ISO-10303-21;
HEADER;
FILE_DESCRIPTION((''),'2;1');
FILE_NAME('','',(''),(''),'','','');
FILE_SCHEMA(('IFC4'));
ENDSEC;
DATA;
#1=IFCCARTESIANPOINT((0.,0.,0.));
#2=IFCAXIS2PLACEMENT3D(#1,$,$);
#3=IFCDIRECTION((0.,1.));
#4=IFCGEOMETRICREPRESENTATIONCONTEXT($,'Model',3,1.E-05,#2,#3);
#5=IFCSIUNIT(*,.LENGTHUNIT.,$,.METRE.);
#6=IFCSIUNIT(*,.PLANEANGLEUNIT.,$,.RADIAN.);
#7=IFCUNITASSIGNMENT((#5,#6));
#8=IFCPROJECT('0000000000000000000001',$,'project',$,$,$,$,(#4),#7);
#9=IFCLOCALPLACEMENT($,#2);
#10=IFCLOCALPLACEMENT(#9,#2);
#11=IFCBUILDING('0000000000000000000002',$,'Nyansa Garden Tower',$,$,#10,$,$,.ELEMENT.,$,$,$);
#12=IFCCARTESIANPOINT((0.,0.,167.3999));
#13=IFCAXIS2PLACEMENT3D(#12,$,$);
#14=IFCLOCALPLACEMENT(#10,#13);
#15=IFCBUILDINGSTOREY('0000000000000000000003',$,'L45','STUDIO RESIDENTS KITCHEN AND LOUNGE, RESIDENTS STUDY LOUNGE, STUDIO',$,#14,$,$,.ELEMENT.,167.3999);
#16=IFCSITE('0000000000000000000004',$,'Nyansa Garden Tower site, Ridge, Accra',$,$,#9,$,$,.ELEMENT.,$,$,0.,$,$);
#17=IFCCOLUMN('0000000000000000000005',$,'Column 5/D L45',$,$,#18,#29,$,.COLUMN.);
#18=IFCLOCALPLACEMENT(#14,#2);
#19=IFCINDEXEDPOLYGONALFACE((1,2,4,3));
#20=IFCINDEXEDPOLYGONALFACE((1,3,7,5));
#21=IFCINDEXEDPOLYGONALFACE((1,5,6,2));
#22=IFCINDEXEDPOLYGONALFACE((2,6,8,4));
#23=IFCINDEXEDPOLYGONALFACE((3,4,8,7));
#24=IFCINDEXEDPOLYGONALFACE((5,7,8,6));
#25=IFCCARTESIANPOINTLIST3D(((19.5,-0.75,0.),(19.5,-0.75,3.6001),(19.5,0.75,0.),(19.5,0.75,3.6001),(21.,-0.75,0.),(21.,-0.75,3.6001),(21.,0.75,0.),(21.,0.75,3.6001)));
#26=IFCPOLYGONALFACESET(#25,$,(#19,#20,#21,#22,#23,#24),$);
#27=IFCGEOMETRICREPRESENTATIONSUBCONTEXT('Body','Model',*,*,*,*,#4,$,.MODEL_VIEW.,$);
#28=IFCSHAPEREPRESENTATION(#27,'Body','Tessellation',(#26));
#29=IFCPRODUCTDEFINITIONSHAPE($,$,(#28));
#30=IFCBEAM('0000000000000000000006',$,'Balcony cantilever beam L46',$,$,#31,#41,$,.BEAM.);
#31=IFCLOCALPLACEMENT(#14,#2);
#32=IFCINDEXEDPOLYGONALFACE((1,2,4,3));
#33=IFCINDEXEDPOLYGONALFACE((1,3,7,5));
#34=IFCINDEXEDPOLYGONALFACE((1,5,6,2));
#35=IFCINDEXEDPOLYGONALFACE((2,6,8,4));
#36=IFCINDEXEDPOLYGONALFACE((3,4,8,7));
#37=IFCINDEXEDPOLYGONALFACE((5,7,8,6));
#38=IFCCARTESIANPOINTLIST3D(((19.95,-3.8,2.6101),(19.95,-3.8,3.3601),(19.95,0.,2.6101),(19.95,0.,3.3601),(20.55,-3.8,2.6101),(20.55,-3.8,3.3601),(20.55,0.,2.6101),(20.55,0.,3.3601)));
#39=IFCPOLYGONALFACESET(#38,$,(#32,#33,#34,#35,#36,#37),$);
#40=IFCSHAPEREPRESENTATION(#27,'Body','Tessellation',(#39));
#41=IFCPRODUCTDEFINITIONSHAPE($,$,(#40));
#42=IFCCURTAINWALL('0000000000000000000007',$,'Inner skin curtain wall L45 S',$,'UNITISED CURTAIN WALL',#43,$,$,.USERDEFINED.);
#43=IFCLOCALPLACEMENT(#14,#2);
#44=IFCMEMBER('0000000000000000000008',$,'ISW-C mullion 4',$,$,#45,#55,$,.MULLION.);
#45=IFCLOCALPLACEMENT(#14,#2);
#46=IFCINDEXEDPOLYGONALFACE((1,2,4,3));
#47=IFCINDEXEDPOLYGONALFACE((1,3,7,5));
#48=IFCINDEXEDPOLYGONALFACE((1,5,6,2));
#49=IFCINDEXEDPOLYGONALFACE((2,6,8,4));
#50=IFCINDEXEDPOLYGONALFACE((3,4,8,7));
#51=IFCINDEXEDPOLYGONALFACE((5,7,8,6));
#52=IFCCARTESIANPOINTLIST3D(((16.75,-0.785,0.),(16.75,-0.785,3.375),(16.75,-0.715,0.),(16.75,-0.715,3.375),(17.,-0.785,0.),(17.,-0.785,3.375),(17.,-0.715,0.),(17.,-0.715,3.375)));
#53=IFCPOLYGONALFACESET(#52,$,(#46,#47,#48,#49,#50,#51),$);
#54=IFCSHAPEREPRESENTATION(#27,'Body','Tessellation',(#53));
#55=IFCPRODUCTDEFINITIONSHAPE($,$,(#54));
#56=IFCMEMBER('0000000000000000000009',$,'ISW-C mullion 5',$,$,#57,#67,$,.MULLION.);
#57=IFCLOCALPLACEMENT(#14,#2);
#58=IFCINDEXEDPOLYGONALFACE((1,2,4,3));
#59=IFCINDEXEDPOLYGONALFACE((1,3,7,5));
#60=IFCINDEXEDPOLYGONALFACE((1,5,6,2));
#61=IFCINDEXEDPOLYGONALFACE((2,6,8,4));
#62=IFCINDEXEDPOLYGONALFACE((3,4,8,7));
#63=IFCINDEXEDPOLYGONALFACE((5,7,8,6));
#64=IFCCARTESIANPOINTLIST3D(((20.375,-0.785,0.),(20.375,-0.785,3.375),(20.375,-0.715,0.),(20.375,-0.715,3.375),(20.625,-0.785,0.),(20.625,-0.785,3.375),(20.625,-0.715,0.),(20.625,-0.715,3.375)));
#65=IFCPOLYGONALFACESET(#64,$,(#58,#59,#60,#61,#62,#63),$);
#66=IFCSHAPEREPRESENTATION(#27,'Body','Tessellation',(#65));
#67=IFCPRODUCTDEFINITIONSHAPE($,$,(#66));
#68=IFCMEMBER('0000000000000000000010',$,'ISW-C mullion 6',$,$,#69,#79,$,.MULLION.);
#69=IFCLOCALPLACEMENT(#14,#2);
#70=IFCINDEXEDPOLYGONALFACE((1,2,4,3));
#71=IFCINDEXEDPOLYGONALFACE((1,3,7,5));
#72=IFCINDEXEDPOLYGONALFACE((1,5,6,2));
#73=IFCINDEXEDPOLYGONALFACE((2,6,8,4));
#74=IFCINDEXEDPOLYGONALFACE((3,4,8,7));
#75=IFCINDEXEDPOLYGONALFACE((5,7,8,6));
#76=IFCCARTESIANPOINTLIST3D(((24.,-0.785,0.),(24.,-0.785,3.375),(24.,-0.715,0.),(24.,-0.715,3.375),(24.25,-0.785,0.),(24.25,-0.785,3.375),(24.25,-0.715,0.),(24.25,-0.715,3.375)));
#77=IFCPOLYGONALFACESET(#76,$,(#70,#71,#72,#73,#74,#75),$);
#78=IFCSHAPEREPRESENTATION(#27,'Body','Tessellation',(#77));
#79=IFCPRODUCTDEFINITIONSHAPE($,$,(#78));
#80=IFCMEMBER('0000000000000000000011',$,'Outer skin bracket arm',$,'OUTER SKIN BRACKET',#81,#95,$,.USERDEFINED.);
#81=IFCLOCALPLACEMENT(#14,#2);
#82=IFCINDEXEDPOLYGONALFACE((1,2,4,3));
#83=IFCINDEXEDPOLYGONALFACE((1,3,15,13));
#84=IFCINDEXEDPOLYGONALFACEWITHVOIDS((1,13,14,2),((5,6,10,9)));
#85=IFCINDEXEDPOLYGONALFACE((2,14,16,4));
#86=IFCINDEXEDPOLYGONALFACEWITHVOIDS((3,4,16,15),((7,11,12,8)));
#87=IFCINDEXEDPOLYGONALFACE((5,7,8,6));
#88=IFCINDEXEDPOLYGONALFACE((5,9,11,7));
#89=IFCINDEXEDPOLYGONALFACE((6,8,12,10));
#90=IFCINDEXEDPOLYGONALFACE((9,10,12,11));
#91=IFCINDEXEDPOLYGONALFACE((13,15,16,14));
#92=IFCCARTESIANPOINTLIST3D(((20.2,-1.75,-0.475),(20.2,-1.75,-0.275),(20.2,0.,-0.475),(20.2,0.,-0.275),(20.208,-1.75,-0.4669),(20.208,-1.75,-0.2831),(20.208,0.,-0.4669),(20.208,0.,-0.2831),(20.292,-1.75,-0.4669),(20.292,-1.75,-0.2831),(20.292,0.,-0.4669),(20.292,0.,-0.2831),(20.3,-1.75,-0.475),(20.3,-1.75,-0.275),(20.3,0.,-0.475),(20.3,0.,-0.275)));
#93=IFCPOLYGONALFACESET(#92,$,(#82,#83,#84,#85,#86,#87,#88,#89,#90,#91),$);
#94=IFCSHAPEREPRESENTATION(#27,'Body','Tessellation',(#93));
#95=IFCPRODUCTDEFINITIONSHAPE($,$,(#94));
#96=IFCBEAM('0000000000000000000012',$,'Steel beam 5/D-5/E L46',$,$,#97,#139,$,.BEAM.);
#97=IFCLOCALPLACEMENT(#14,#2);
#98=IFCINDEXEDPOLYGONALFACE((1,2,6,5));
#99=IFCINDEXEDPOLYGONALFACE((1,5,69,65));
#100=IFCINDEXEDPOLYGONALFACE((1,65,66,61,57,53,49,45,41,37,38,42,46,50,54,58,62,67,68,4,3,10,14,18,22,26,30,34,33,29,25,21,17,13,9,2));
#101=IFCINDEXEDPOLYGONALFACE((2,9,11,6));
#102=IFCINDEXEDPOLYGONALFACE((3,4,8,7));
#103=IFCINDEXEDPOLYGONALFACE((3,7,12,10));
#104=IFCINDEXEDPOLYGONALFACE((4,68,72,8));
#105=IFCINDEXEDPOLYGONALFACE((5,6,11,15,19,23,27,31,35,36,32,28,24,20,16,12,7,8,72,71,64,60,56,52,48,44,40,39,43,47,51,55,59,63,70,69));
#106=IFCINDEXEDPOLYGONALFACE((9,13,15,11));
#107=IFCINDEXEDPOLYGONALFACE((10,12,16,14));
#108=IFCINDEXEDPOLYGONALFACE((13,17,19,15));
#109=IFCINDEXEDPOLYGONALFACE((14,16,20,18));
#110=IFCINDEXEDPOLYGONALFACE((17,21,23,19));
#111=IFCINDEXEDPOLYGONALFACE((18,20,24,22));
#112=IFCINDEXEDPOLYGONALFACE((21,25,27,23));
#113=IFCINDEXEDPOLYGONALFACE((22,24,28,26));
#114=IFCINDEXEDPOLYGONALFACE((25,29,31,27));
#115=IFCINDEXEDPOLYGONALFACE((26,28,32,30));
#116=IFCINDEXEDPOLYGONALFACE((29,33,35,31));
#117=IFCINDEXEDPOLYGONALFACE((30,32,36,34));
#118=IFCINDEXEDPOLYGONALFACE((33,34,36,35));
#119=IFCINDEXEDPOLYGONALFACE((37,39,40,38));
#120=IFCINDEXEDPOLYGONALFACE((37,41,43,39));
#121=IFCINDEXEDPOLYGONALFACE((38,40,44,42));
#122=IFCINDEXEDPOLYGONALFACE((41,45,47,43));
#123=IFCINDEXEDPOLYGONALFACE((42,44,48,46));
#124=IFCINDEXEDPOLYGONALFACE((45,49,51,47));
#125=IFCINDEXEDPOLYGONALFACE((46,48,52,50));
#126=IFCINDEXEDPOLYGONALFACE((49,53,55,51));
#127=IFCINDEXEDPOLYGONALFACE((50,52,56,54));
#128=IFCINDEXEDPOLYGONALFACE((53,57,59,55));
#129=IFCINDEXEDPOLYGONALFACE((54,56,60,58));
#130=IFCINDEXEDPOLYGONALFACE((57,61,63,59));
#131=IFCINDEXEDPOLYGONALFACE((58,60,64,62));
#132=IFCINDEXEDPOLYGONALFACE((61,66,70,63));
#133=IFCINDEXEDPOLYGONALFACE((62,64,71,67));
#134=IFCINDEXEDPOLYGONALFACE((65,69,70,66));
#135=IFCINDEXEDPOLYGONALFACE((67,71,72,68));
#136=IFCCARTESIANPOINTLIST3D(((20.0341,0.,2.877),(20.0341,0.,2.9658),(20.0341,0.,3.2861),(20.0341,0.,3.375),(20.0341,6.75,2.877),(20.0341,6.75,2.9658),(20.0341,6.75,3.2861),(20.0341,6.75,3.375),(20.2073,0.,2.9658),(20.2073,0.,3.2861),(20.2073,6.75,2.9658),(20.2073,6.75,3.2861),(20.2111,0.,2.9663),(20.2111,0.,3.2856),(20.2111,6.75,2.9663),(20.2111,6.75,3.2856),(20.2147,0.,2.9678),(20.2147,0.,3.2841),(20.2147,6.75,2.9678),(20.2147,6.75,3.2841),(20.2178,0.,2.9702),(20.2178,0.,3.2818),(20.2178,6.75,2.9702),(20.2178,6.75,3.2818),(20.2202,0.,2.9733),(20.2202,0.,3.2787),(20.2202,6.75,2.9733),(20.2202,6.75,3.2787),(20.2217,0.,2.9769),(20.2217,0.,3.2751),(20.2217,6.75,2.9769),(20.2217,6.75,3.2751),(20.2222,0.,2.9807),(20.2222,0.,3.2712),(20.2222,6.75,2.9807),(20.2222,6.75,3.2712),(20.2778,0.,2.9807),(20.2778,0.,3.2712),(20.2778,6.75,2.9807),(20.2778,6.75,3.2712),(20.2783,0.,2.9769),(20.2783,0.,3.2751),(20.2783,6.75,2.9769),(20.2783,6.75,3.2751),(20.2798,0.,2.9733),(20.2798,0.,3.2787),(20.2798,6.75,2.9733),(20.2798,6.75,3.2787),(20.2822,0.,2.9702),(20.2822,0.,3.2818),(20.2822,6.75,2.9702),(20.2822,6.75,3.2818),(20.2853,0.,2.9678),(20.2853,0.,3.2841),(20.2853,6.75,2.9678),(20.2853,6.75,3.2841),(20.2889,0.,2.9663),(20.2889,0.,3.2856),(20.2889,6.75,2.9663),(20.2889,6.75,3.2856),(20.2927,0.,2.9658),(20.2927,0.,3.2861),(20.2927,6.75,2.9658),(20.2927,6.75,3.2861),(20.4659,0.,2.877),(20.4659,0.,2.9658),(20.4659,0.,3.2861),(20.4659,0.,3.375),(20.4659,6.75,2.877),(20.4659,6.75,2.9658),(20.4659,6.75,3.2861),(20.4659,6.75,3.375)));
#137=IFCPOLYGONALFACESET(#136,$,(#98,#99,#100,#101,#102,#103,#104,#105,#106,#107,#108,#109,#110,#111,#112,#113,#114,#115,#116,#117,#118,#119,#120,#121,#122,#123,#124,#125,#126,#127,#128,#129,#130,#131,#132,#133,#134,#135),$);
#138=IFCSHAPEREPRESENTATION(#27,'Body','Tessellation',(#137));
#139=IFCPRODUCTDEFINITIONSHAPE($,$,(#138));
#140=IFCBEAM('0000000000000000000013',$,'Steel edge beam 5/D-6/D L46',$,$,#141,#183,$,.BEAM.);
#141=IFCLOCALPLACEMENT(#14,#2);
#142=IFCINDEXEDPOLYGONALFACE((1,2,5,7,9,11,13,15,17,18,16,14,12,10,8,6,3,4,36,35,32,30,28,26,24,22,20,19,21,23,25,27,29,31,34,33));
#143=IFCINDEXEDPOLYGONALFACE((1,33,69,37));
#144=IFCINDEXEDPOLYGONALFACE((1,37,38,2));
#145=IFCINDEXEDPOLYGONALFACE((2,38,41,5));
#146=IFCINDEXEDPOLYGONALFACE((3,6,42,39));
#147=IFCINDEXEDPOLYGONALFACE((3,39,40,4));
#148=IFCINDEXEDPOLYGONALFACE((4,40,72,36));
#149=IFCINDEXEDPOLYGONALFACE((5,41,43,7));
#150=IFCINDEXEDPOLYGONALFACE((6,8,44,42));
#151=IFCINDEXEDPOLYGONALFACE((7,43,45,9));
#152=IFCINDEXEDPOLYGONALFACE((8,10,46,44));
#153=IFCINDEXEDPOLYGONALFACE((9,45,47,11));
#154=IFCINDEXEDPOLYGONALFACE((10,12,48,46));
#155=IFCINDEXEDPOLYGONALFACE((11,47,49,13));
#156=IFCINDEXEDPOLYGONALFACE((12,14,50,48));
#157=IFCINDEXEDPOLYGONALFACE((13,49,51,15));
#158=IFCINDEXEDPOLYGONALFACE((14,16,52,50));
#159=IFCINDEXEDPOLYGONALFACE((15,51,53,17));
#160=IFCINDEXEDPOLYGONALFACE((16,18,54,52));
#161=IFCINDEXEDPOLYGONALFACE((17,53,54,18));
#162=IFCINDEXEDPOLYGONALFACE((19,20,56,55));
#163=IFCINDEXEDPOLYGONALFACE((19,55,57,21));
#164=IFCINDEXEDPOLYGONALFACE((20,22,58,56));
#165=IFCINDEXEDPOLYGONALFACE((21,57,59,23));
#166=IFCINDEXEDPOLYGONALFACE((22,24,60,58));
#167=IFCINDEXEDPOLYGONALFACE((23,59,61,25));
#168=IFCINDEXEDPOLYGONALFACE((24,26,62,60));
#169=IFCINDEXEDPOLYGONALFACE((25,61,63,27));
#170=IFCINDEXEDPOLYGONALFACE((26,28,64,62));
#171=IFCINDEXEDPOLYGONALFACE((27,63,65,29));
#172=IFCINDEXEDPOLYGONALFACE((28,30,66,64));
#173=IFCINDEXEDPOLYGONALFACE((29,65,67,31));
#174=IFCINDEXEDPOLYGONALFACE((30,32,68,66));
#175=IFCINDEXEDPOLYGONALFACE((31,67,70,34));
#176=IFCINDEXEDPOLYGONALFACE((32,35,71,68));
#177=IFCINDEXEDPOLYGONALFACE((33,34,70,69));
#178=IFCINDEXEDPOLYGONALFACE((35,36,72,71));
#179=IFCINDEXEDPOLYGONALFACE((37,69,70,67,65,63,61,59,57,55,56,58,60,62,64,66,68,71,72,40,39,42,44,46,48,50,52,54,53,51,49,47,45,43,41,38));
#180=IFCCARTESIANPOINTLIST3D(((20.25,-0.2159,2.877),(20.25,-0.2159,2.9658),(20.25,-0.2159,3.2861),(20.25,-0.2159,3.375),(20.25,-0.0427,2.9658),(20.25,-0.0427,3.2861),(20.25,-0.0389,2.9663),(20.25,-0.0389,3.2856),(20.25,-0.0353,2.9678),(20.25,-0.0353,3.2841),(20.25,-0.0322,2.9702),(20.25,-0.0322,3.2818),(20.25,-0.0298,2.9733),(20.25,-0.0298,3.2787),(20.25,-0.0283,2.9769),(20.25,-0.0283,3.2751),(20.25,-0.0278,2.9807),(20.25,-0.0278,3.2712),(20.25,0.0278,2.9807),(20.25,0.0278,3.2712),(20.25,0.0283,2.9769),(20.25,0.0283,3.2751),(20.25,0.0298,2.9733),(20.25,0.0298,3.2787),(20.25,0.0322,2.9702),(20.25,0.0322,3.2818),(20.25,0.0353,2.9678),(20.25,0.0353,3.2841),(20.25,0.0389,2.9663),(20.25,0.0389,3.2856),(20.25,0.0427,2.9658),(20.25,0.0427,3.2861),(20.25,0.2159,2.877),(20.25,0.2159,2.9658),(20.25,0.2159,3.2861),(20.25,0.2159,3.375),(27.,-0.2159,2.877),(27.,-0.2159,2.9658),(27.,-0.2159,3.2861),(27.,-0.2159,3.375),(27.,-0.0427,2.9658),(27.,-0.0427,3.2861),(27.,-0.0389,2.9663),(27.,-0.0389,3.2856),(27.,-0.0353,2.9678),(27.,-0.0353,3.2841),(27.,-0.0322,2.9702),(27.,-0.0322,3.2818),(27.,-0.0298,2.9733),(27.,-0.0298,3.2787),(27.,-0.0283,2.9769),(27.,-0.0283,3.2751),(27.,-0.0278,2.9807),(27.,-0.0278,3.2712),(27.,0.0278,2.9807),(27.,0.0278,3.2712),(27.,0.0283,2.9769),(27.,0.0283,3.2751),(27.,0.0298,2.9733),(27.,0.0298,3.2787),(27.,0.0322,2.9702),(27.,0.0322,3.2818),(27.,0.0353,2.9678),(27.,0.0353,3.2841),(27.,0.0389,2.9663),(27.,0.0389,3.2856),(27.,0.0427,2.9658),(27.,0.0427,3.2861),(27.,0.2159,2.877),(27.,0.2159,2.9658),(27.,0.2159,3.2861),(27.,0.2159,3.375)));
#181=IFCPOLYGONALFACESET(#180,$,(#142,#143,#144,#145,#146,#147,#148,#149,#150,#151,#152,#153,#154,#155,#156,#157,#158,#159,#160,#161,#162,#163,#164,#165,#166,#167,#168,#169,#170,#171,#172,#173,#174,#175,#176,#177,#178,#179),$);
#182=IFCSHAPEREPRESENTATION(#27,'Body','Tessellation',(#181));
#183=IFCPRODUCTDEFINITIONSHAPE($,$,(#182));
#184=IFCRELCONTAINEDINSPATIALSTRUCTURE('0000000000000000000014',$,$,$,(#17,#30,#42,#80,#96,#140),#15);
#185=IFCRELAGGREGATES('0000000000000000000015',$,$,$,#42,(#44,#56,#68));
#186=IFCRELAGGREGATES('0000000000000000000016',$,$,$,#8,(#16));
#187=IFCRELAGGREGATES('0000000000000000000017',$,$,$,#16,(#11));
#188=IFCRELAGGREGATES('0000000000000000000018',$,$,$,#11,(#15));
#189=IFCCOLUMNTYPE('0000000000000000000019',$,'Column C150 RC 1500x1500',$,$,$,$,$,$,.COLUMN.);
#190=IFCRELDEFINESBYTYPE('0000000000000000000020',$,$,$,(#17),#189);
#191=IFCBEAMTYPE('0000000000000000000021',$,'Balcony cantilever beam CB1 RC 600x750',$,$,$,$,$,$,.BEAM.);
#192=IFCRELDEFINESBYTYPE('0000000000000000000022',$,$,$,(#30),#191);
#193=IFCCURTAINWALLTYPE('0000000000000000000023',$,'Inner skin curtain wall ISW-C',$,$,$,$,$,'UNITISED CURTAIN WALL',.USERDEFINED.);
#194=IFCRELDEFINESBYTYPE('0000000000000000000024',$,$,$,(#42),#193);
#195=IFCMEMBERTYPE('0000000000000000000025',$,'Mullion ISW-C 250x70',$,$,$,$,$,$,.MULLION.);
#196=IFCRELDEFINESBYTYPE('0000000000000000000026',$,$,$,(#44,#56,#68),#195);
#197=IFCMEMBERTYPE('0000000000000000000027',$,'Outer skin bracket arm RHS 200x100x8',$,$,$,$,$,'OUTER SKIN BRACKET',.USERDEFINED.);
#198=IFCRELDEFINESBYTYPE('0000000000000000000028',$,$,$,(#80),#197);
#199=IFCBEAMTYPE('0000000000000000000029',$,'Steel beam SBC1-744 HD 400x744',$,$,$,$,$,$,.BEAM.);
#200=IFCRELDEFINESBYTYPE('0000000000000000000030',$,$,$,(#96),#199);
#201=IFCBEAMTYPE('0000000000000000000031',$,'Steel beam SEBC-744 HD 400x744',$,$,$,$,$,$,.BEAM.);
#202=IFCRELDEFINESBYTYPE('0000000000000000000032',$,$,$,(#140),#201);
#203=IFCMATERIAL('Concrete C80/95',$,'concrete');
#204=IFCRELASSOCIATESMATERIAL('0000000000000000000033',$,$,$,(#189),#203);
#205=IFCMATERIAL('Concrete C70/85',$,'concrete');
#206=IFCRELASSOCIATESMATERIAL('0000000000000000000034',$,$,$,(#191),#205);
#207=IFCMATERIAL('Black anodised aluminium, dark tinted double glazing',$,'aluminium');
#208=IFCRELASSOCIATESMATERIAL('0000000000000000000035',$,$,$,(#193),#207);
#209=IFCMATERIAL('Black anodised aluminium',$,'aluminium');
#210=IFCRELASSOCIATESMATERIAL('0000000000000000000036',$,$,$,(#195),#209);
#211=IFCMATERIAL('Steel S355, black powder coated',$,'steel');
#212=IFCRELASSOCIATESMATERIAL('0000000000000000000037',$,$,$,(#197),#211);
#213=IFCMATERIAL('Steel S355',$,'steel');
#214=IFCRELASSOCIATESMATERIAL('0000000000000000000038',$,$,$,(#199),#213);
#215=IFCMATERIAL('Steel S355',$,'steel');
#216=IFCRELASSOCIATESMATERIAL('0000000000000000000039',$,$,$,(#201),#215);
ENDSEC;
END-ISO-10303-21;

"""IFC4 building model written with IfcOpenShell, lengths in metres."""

from ifc_helpers import new_model, si_unit, direction, frame, origin, origin_2d, place, context, subcontext, project, spatial, rectangle, hollow_rectangle, i_section, extrude, material, material_profile, profile_set, type_object, element, aggregate, save


model = new_model("IFC4")

# Units and contexts
model_context = context("Model", 3, precision=1e-05, world=origin(), true_north=direction((0.0, 1.0)))
body_context = subcontext(model_context, "Body", "Model", "MODEL_VIEW")
ifc_project = project(units=[si_unit("LENGTHUNIT", "METRE"), si_unit("PLANEANGLEUNIT", "RADIAN")], contexts=[model_context])

# Site, building, storey
site_placement = place(None, origin())
site = spatial("IfcSite", under=ifc_project, at=site_placement, Name="Nyansa Garden Tower site, Ridge, Accra", CompositionType="ELEMENT", RefElevation=0.0)
building_placement = place(site_placement, origin())
building = spatial("IfcBuilding", under=site, at=building_placement, Name="Nyansa Garden Tower", CompositionType="ELEMENT")
storey_placement = place(building_placement, frame((0.0, 0.0, 167.3999)))
storey = spatial("IfcBuildingStorey", under=building, at=storey_placement, Name="L45", Description="STUDIO RESIDENTS KITCHEN AND LOUNGE, RESIDENTS STUDY LOUNGE, STUDIO", CompositionType="ELEMENT", Elevation=167.3999)

# Column
ifc_material_1 = material(Name="Concrete C80/95", Category="concrete")
ifc_material_profile_1 = material_profile(ifc_material_1, rectangle(XDim=1.5, YDim=1.5, at=origin_2d()), Name="RC 1500x1500")
ifc_profile_set_1 = profile_set([ifc_material_profile_1], Name="Concrete C80/95")
column_type = type_object("IfcColumnType", Name="Column C150 RC 1500x1500", PredefinedType="COLUMN", material=ifc_profile_set_1)
column_placement = place(storey_placement, frame((20.25, 0.0, 0.0), z_axis=(0.0, 0.0, 1.0), x_axis=(1.0, 0.0, 0.0)))
element("IfcColumn", 1, at=column_placement, inside=storey, type_object=column_type, Name="Column 5/D L45", PredefinedType="COLUMN", context=body_context, shape_type="SweptSolid", body=[
    extrude(rectangle(XDim=1.5, YDim=1.5, at=origin_2d()), origin(), (0.0, 0.0, 1.0), 3.6001),
])

# Beam
ifc_material_2 = material(Name="Concrete C70/85", Category="concrete")
ifc_material_profile_2 = material_profile(ifc_material_2, rectangle(XDim=0.6001, YDim=0.75, at=origin_2d()), Name="RC 600x750")
ifc_profile_set_2 = profile_set([ifc_material_profile_2], Name="Concrete C70/85")
beam_type_1 = type_object("IfcBeamType", Name="Balcony cantilever beam CB1 RC 600x750", PredefinedType="BEAM", material=ifc_profile_set_2)
beam_1_placement = place(storey_placement, frame((20.25, 0.0, 2.9851), z_axis=(0.0, -1.0, 0.0), x_axis=(1.0, 0.0, 0.0)))
element("IfcBeam", 2, at=beam_1_placement, inside=storey, type_object=beam_type_1, Name="Balcony cantilever beam L46", PredefinedType="BEAM", context=body_context, shape_type="SweptSolid", body=[
    extrude(rectangle(XDim=0.6001, YDim=0.75, at=origin_2d()), origin(), (0.0, 0.0, 1.0), 3.8),
])

# Curtain wall, members
ifc_material_3 = material(Name="Black anodised aluminium, dark tinted double glazing", Category="aluminium")
curtain_wall_type = type_object("IfcCurtainWallType", Name="Inner skin curtain wall ISW-C", ElementType="UNITISED CURTAIN WALL", PredefinedType="USERDEFINED", material=ifc_material_3)
curtain_wall_placement = place(storey_placement, origin())
curtain_wall = element("IfcCurtainWall", 3, at=curtain_wall_placement, inside=storey, type_object=curtain_wall_type, Name="Inner skin curtain wall L45 S", ObjectType="UNITISED CURTAIN WALL", PredefinedType="USERDEFINED")
ifc_material_4 = material(Name="Black anodised aluminium", Category="aluminium")
ifc_material_profile_3 = material_profile(ifc_material_4, rectangle(XDim=0.0701, YDim=0.25, at=origin_2d()), Name="Mullion 250x70")
ifc_profile_set_3 = profile_set([ifc_material_profile_3], Name="Black anodised aluminium")
member_type_1 = type_object("IfcMemberType", Name="Mullion ISW-C 250x70", PredefinedType="MULLION", material=ifc_profile_set_3)
member_1_placement = place(storey_placement, frame((16.875, -0.75, 0.0), z_axis=(0.0, 0.0, 1.0), x_axis=(0.0, 1.0, 0.0)))
member_1 = element("IfcMember", 4, at=member_1_placement, type_object=member_type_1, Name="ISW-C mullion 4", PredefinedType="MULLION", context=body_context, shape_type="SweptSolid", body=[
    extrude(rectangle(XDim=0.0701, YDim=0.25, at=origin_2d()), origin(), (0.0, 0.0, 1.0), 3.375),
])
member_2_placement = place(storey_placement, frame((20.5, -0.75, 0.0), z_axis=(0.0, 0.0, 1.0), x_axis=(0.0, 1.0, 0.0)))
member_2 = element("IfcMember", 5, at=member_2_placement, type_object=member_type_1, Name="ISW-C mullion 5", PredefinedType="MULLION", context=body_context, shape_type="SweptSolid", body=[
    extrude(rectangle(XDim=0.0701, YDim=0.25, at=origin_2d()), origin(), (0.0, 0.0, 1.0), 3.375),
])
member_3_placement = place(storey_placement, frame((24.125, -0.75, 0.0), z_axis=(0.0, 0.0, 1.0), x_axis=(0.0, 1.0, 0.0)))
member_3 = element("IfcMember", 6, at=member_3_placement, type_object=member_type_1, Name="ISW-C mullion 6", PredefinedType="MULLION", context=body_context, shape_type="SweptSolid", body=[
    extrude(rectangle(XDim=0.0701, YDim=0.25, at=origin_2d()), origin(), (0.0, 0.0, 1.0), 3.375),
])

# Member
ifc_material_5 = material(Name="Steel S355, black powder coated", Category="steel")
ifc_material_profile_4 = material_profile(ifc_material_5, hollow_rectangle(XDim=0.1001, YDim=0.2, WallThickness=0.0081, at=origin_2d()), Name="RHS 200x100x8")
ifc_profile_set_4 = profile_set([ifc_material_profile_4], Name="Steel S355, black powder coated")
member_type_2 = type_object("IfcMemberType", Name="Outer skin bracket arm RHS 200x100x8", ElementType="OUTER SKIN BRACKET", PredefinedType="USERDEFINED", material=ifc_profile_set_4)
member_4_placement = place(storey_placement, frame((20.25, 0.0, -0.375), z_axis=(0.0, -1.0, 0.0), x_axis=(1.0, 0.0, 0.0)))
element("IfcMember", 7, at=member_4_placement, inside=storey, type_object=member_type_2, Name="Outer skin bracket arm", ObjectType="OUTER SKIN BRACKET", PredefinedType="USERDEFINED", context=body_context, shape_type="SweptSolid", body=[
    extrude(hollow_rectangle(XDim=0.1001, YDim=0.2, WallThickness=0.0081, at=origin_2d()), origin(), (0.0, 0.0, 1.0), 1.75),
])

# Beams
ifc_material_6 = material(Name="Steel S355", Category="steel")
ifc_material_profile_5 = material_profile(ifc_material_6, i_section(OverallWidth=0.4319, OverallDepth=0.498, WebThickness=0.0557, FlangeThickness=0.0889, FilletRadius=0.0149, at=origin_2d()), Name="HD 400x744")
ifc_profile_set_5 = profile_set([ifc_material_profile_5], Name="Steel S355")
beam_type_2 = type_object("IfcBeamType", Name="Steel beam SBC1-744 HD 400x744", PredefinedType="BEAM", material=ifc_profile_set_5)
beam_2_placement = place(storey_placement, frame((20.25, 0.0, 3.126), z_axis=(0.0, 1.0, 0.0), x_axis=(-1.0, 0.0, 0.0)))
element("IfcBeam", 8, at=beam_2_placement, inside=storey, type_object=beam_type_2, Name="Steel beam 5/D-5/E L46", PredefinedType="BEAM", context=body_context, shape_type="SweptSolid", body=[
    extrude(i_section(OverallWidth=0.4319, OverallDepth=0.498, WebThickness=0.0557, FlangeThickness=0.0889, FilletRadius=0.0149, at=origin_2d()), origin(), (0.0, 0.0, 1.0), 6.75),
])
ifc_material_7 = material(Name="Steel S355", Category="steel")
ifc_material_profile_6 = material_profile(ifc_material_7, i_section(OverallWidth=0.4319, OverallDepth=0.498, WebThickness=0.0557, FlangeThickness=0.0889, FilletRadius=0.0149, at=origin_2d()), Name="HD 400x744")
ifc_profile_set_6 = profile_set([ifc_material_profile_6], Name="Steel S355")
beam_type_3 = type_object("IfcBeamType", Name="Steel beam SEBC-744 HD 400x744", PredefinedType="BEAM", material=ifc_profile_set_6)
beam_3_placement = place(storey_placement, frame((20.25, 0.0, 3.126), z_axis=(1.0, 0.0, 0.0), x_axis=(0.0, 1.0, 0.0)))
element("IfcBeam", 9, at=beam_3_placement, inside=storey, type_object=beam_type_3, Name="Steel edge beam 5/D-6/D L46", PredefinedType="BEAM", context=body_context, shape_type="SweptSolid", body=[
    extrude(i_section(OverallWidth=0.4319, OverallDepth=0.498, WebThickness=0.0557, FlangeThickness=0.0889, FilletRadius=0.0149, at=origin_2d()), origin(), (0.0, 0.0, 1.0), 6.75),
])

aggregate(curtain_wall, [member_1, member_2, member_3])

save(model, "model.ifc")
